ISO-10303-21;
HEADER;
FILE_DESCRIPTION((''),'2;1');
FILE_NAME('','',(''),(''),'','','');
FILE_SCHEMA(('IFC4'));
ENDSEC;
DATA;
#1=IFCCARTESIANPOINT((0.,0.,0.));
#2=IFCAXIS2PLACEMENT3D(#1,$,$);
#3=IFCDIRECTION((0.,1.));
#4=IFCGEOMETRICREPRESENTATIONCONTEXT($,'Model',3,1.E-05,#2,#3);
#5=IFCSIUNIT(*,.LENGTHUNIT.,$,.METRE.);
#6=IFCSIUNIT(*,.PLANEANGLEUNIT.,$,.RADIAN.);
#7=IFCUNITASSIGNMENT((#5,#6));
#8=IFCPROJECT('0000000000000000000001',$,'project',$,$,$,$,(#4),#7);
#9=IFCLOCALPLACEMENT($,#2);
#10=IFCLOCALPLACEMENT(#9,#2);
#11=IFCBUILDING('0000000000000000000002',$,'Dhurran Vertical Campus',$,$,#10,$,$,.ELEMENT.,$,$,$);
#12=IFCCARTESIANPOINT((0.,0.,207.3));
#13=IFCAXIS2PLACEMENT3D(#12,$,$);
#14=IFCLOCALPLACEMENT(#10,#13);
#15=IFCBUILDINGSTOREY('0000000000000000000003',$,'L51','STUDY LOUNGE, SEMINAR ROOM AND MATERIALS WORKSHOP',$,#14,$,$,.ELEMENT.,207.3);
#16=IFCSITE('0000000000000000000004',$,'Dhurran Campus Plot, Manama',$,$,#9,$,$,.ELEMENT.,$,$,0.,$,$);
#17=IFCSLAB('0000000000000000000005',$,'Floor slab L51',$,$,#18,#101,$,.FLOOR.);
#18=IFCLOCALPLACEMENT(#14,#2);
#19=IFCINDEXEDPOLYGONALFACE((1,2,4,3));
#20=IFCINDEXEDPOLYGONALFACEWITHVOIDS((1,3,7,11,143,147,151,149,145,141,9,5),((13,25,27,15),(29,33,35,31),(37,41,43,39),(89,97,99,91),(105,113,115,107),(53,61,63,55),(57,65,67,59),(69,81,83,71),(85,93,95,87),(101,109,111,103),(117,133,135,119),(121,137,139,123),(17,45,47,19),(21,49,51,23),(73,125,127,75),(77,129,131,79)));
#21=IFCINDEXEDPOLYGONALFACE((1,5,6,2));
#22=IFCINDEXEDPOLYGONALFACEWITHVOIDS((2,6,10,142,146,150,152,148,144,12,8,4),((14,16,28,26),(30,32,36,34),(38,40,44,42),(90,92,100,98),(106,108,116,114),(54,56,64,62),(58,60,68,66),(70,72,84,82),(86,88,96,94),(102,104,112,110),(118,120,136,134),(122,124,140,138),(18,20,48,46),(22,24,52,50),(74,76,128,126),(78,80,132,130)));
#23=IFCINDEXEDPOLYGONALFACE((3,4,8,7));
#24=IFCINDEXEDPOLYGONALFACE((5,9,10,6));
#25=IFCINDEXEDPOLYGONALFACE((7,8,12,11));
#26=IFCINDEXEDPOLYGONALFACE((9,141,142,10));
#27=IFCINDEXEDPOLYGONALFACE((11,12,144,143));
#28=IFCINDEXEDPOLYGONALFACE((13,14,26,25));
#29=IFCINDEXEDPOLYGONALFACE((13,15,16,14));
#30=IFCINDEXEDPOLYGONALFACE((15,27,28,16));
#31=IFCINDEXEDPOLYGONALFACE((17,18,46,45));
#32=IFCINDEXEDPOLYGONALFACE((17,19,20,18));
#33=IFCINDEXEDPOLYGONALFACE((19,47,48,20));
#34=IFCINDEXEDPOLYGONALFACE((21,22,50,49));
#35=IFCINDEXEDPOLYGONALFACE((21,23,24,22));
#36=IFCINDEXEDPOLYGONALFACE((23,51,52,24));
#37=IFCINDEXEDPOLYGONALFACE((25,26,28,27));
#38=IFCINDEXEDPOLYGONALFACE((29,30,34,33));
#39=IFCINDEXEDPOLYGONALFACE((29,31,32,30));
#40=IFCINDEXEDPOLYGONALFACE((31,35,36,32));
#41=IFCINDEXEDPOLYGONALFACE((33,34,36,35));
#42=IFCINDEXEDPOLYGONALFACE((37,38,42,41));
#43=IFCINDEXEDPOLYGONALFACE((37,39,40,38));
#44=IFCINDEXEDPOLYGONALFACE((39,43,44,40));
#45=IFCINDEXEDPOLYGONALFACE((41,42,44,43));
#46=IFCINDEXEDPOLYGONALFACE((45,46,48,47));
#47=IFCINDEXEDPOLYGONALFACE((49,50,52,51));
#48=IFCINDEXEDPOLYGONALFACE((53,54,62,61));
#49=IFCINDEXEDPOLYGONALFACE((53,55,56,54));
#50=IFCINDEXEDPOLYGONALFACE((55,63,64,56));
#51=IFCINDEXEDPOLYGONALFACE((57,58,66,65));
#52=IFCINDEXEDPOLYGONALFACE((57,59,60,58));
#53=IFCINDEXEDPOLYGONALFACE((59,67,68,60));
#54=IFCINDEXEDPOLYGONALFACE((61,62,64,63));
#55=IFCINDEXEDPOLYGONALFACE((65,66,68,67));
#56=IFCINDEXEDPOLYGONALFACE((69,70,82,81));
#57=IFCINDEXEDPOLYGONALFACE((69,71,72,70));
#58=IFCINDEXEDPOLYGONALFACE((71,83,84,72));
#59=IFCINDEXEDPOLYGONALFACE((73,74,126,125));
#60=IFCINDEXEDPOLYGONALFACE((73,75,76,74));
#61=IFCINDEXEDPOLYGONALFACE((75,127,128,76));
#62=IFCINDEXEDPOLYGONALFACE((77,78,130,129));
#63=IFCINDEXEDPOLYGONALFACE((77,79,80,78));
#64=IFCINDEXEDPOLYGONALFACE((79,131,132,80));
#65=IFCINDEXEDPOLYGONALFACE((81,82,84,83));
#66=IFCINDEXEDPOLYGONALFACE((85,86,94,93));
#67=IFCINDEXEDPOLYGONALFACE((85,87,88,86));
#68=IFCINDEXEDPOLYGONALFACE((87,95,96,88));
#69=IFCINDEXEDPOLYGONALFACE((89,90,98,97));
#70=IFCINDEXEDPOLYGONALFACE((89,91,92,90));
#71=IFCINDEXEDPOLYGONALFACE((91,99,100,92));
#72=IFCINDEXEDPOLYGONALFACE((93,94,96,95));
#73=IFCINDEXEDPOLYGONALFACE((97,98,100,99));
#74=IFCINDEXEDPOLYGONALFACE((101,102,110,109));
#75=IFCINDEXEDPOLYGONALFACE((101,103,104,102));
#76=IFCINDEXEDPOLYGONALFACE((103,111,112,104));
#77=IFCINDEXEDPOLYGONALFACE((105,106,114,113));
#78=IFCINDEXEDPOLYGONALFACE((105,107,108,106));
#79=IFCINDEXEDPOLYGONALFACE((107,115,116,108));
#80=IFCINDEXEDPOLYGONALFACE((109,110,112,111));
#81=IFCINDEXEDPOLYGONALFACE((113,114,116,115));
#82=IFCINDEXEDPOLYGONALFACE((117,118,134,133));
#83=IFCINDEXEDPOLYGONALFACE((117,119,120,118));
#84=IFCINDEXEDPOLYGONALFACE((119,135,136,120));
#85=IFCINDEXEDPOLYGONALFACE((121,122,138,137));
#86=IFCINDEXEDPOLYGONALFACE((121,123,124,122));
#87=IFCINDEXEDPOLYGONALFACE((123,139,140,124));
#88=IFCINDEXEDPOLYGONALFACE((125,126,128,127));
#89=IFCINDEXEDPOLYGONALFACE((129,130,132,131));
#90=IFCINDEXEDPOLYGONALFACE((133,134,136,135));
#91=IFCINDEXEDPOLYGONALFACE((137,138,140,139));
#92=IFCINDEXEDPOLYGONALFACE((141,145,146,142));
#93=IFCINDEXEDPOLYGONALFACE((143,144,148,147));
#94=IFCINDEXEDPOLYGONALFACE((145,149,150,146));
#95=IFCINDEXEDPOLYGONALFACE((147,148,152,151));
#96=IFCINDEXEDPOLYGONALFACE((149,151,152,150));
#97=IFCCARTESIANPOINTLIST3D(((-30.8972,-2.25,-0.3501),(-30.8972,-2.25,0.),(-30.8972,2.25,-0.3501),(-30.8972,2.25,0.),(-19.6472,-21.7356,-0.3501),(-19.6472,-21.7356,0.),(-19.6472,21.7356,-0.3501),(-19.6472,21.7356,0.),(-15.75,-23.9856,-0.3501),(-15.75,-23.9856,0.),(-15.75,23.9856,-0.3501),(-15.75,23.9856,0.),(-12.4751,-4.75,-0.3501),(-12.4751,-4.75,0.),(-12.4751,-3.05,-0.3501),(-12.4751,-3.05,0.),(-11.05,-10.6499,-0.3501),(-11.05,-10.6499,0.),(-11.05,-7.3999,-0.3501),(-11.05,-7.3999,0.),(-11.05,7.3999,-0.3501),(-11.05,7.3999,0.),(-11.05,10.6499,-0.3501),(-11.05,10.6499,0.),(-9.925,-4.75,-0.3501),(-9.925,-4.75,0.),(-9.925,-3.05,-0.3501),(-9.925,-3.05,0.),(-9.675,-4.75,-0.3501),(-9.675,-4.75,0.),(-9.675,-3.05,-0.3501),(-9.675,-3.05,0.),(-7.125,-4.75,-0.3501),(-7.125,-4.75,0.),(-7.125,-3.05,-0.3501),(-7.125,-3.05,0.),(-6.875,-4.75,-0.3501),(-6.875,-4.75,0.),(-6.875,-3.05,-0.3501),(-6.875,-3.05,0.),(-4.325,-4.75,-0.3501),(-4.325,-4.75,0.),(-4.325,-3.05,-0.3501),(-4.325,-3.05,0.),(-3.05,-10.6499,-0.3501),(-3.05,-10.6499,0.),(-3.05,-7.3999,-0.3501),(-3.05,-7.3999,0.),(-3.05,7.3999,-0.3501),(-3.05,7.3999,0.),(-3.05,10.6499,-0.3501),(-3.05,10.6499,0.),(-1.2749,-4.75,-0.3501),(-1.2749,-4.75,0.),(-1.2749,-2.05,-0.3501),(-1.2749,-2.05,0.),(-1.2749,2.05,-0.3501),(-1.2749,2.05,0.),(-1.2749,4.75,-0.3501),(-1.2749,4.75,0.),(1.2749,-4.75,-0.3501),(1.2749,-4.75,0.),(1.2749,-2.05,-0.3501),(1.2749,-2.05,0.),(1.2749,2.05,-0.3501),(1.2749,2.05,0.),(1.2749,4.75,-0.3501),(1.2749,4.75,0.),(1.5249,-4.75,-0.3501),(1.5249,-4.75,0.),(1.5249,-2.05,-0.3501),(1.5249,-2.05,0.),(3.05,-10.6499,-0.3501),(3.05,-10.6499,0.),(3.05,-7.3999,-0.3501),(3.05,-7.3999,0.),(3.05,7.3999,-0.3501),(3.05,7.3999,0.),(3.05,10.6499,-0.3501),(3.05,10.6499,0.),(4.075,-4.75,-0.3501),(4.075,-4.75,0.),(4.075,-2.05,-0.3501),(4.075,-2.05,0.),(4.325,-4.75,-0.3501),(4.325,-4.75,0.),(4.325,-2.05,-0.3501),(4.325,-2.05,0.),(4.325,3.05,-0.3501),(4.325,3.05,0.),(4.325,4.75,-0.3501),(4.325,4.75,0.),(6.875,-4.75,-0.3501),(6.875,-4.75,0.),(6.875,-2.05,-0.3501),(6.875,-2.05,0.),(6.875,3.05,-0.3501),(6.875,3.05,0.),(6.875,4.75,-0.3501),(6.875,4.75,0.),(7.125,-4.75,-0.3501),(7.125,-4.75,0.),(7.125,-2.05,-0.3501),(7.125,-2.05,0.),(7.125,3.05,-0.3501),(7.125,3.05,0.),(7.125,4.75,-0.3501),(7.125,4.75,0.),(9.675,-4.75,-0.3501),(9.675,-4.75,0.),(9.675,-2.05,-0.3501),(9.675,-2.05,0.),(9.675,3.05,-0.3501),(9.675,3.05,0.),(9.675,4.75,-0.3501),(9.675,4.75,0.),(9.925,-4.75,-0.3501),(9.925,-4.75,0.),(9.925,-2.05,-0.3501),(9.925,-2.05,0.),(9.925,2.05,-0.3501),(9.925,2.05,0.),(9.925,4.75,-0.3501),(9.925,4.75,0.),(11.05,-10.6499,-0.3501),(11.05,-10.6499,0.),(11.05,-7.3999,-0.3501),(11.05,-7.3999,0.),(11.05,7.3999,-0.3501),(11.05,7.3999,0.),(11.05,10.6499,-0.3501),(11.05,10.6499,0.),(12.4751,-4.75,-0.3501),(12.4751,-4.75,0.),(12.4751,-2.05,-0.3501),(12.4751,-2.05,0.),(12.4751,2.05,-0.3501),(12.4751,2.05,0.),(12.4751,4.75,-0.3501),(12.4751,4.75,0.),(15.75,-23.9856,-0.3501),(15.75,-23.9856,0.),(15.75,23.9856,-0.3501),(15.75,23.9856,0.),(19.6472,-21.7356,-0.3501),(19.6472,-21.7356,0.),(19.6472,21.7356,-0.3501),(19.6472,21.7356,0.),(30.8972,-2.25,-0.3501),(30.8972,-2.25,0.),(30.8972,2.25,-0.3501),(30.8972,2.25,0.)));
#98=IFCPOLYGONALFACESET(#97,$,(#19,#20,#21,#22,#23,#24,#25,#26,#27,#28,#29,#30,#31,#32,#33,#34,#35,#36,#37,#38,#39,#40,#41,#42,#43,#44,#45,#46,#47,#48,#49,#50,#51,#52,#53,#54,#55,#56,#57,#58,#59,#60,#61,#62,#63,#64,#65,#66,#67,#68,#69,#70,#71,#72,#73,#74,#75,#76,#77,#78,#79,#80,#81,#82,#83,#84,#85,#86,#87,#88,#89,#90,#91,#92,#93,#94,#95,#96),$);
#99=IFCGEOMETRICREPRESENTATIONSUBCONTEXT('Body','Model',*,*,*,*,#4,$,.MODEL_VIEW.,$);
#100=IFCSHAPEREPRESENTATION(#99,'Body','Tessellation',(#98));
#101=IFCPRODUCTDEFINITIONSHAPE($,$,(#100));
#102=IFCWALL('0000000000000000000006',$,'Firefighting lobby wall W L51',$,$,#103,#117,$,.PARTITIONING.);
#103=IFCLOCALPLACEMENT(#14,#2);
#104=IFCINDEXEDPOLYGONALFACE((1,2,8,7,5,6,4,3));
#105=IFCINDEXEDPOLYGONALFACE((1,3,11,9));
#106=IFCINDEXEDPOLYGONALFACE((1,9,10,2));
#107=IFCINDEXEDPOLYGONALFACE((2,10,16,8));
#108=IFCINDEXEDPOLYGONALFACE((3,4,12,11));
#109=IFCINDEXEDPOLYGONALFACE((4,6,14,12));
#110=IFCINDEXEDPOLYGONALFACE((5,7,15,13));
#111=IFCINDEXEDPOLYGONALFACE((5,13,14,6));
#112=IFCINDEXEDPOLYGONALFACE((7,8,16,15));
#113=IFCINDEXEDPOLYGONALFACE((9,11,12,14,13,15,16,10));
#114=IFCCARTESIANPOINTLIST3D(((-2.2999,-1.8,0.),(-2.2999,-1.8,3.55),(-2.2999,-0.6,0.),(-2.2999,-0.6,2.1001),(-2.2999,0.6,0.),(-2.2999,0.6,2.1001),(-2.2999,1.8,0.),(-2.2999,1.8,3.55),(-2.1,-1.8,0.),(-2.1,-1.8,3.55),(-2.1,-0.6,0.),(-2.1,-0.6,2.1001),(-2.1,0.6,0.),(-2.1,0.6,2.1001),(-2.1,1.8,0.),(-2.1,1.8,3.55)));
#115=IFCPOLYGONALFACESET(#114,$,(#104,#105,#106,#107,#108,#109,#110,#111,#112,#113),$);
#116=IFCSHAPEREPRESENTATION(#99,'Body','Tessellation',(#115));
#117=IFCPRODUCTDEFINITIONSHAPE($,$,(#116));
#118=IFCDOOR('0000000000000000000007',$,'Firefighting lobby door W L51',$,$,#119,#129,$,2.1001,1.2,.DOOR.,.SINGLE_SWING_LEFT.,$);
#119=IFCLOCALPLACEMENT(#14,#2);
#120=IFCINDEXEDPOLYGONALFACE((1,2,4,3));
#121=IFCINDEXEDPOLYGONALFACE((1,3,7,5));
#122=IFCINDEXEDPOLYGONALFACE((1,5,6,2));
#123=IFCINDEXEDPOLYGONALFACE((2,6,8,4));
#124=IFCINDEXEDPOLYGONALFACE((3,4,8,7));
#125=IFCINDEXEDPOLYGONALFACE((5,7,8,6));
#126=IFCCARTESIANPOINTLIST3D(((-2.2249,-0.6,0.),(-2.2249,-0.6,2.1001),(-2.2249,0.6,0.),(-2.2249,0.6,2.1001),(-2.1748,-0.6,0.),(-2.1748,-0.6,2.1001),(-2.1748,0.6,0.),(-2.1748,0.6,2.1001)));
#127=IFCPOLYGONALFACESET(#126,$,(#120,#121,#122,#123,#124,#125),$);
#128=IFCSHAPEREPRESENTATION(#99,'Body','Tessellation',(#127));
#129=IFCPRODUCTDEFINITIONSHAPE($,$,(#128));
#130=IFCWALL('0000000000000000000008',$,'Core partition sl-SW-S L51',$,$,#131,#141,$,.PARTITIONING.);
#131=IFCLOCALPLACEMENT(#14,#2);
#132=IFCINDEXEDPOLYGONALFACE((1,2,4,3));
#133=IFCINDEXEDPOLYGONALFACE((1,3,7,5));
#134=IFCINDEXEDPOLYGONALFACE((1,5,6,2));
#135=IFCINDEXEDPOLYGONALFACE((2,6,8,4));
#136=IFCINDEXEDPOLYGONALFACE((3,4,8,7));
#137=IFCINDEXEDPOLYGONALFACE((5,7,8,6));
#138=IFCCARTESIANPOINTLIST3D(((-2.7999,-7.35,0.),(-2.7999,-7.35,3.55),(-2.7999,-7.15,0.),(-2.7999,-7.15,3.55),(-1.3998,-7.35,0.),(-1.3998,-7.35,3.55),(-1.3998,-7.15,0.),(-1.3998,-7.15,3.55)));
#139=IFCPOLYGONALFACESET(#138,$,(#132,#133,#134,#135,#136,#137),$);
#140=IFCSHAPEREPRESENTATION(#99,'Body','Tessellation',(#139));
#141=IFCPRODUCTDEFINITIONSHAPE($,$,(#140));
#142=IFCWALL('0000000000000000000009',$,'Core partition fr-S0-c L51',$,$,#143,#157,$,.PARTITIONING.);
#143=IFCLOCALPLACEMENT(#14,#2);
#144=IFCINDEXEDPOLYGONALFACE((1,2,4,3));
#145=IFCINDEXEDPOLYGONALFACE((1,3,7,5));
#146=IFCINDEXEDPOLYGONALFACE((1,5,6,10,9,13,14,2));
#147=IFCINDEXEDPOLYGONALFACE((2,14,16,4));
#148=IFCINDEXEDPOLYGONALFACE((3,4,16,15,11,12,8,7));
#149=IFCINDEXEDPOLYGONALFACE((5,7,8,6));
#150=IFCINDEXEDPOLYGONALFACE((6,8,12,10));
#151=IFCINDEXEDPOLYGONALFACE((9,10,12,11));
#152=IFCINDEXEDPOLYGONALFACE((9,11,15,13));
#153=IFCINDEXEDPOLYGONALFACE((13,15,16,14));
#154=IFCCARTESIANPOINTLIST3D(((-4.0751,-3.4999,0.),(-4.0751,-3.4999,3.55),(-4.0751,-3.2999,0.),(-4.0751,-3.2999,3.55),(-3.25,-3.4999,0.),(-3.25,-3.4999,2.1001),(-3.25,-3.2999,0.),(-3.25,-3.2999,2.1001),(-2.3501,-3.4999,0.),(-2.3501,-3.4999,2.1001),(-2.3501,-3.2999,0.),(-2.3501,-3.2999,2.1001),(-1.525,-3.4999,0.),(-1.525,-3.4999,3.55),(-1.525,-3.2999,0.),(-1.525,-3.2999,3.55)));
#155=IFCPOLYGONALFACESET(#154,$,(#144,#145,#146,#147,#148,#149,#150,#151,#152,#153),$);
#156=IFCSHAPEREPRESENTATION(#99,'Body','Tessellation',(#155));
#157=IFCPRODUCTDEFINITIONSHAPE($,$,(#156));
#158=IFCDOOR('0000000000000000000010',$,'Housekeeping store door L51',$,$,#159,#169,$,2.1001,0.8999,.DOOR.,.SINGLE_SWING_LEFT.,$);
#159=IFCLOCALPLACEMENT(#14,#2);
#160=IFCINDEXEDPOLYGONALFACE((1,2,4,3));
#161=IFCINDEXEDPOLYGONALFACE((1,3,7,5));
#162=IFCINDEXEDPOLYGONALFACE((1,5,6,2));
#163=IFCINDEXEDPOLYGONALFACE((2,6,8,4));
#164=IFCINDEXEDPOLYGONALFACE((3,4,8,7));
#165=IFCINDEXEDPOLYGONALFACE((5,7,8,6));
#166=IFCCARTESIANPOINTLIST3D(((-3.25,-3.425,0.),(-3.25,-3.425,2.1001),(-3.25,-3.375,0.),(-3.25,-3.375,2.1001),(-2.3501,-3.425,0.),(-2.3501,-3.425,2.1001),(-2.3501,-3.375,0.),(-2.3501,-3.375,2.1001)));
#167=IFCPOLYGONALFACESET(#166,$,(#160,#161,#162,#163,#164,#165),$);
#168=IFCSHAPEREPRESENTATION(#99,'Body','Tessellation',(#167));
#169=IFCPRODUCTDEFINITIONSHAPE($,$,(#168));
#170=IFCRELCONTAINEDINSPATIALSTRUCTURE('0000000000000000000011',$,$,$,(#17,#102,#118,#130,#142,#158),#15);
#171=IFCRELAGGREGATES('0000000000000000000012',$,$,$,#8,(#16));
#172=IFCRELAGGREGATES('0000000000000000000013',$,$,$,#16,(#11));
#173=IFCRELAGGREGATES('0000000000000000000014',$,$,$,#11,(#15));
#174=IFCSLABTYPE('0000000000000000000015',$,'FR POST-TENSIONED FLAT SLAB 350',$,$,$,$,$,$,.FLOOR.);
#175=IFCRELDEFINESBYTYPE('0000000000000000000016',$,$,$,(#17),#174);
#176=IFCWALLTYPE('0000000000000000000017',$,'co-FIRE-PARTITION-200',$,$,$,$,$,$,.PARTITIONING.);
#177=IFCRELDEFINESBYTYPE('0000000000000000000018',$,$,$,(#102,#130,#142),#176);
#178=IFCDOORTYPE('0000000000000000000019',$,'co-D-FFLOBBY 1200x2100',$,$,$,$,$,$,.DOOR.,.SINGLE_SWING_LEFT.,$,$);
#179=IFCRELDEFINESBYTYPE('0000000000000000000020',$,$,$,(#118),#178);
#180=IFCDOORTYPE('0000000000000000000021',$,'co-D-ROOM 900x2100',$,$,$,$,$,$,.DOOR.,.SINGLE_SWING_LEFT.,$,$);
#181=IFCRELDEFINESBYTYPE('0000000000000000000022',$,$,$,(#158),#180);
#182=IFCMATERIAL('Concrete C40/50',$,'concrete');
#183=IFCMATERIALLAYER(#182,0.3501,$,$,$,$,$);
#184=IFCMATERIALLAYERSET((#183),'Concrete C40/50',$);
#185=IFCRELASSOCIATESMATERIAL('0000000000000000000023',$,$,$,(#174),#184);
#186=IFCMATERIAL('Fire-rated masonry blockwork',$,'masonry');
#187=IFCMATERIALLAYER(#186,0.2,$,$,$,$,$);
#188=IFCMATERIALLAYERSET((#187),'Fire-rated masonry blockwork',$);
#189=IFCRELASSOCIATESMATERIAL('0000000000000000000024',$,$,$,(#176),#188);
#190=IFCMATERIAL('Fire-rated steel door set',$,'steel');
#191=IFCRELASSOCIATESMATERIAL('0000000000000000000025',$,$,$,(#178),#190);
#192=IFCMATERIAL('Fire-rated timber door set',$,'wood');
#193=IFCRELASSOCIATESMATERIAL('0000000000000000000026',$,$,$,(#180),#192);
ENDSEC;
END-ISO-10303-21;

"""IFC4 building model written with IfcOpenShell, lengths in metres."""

from ifc_helpers import new_model, si_unit, direction, frame, frame_2d, origin, place, context, subcontext, project, spatial, polyline, rectangle, outline, extrude, material, layer, layer_set, type_object, element, fill, save


model = new_model("IFC4")

# Units and contexts
model_context = context("Model", 3, precision=1e-05, world=origin(), true_north=direction((0.0, 1.0)))
body_context = subcontext(model_context, "Body", "Model", "MODEL_VIEW")
ifc_project = project(units=[si_unit("LENGTHUNIT", "METRE"), si_unit("PLANEANGLEUNIT", "RADIAN")], contexts=[model_context])

# Site, building, storey
site_placement = place(None, origin())
site = spatial("IfcSite", under=ifc_project, at=site_placement, Name="Dhurran Campus Plot, Manama", CompositionType="ELEMENT", RefElevation=0.0)
building_placement = place(site_placement, origin())
building = spatial("IfcBuilding", under=site, at=building_placement, Name="Dhurran Vertical Campus", CompositionType="ELEMENT")
storey_placement = place(building_placement, frame((0.0, 0.0, 207.3)))
storey = spatial("IfcBuildingStorey", under=building, at=storey_placement, Name="L51", Description="STUDY LOUNGE, SEMINAR ROOM AND MATERIALS WORKSHOP", CompositionType="ELEMENT", Elevation=207.3)

# Slab
ifc_material_1 = material(Name="Concrete C40/50", Category="concrete")
ifc_layer_1 = layer(ifc_material_1, 0.3501)
ifc_layer_set_1 = layer_set([ifc_layer_1], Name="Concrete C40/50")
slab_type = type_object("IfcSlabType", Name="FR POST-TENSIONED FLAT SLAB 350", PredefinedType="FLOOR", material=ifc_layer_set_1)
slab_placement = place(storey_placement, frame((0.0, 0.0, -0.3501)))
element("IfcSlab", 1, at=slab_placement, inside=storey, type_object=slab_type, Name="Floor slab L51", PredefinedType="FLOOR", context=body_context, shape_type="SweptSolid", body=[
    extrude(outline(polyline([(-15.75, -23.9856), (15.75, -23.9856), (19.6472, -21.7356), (30.8972, -2.25), (30.8972, 2.25), (19.6472, 21.7356), (15.75, 23.9856), (-15.75, 23.9856), (-19.6472, 21.7356), (-30.8972, 2.25), (-30.8972, -2.25), (-19.6472, -21.7356), (-15.75, -23.9856)]), holes=[polyline([(-1.2749, 2.05), (1.2749, 2.05), (1.2749, 4.75), (-1.2749, 4.75), (-1.2749, 2.05)]), polyline([(9.925, 2.05), (12.4751, 2.05), (12.4751, 4.75), (9.925, 4.75), (9.925, 2.05)]), polyline([(-1.2749, -4.75), (1.2749, -4.75), (1.2749, -2.05), (-1.2749, -2.05), (-1.2749, -4.75)]), polyline([(1.5249, -4.75), (4.075, -4.75), (4.075, -2.05), (1.5249, -2.05), (1.5249, -4.75)]), polyline([(4.325, -4.75), (6.875, -4.75), (6.875, -2.05), (4.325, -2.05), (4.325, -4.75)]), polyline([(7.125, -4.75), (9.675, -4.75), (9.675, -2.05), (7.125, -2.05), (7.125, -4.75)]), polyline([(9.925, -4.75), (12.4751, -4.75), (12.4751, -2.05), (9.925, -2.05), (9.925, -4.75)]), polyline([(4.325, 3.05), (6.875, 3.05), (6.875, 4.75), (4.325, 4.75), (4.325, 3.05)]), polyline([(7.125, 3.05), (9.675, 3.05), (9.675, 4.75), (7.125, 4.75), (7.125, 3.05)]), polyline([(-12.4751, -4.75), (-9.925, -4.75), (-9.925, -3.05), (-12.4751, -3.05), (-12.4751, -4.75)]), polyline([(-9.675, -4.75), (-7.125, -4.75), (-7.125, -3.05), (-9.675, -3.05), (-9.675, -4.75)]), polyline([(-6.875, -4.75), (-4.325, -4.75), (-4.325, -3.05), (-6.875, -3.05), (-6.875, -4.75)]), polyline([(-11.05, 7.3999), (-3.05, 7.3999), (-3.05, 10.6499), (-11.05, 10.6499), (-11.05, 7.3999)]), polyline([(3.05, 7.3999), (11.05, 7.3999), (11.05, 10.6499), (3.05, 10.6499), (3.05, 7.3999)]), polyline([(-11.05, -10.6499), (-3.05, -10.6499), (-3.05, -7.3999), (-11.05, -7.3999), (-11.05, -10.6499)]), polyline([(3.05, -10.6499), (11.05, -10.6499), (11.05, -7.3999), (3.05, -7.3999), (3.05, -10.6499)])]), origin(), (0.0, 0.0, 1.0), 0.3501),
])

# Wall, opening, door
ifc_material_2 = material(Name="Fire-rated masonry blockwork", Category="masonry")
ifc_layer_2 = layer(ifc_material_2, 0.2)
ifc_layer_set_2 = layer_set([ifc_layer_2], Name="Fire-rated masonry blockwork")
wall_type_1 = type_object("IfcWallType", Name="co-FIRE-PARTITION-200", PredefinedType="PARTITIONING", material=ifc_layer_set_2)
wall_1_placement = place(storey_placement, frame((-2.2, -1.8, 0.0), z_axis=(0.0, 0.0, 1.0), x_axis=(0.0, 1.0, 0.0)))
wall_1 = element("IfcWall", 2, at=wall_1_placement, inside=storey, type_object=wall_type_1, Name="Firefighting lobby wall W L51", PredefinedType="PARTITIONING", context=body_context, shape_type="SweptSolid", body=[
    extrude(rectangle(XDim=3.6001, YDim=0.2, at=frame_2d((1.8, 0.0))), origin(), (0.0, 0.0, 1.0), 3.55),
])
opening_1_placement = place(wall_1_placement, frame((1.2, 0.0, 0.0)))
opening_1 = element("IfcOpeningElement", 3, at=opening_1_placement, cuts=wall_1, PredefinedType="OPENING", context=body_context, shape_type="SweptSolid", body=[
    extrude(rectangle(XDim=1.2, YDim=2.1001, at=frame_2d((0.6001, 1.05))), frame((0.0, 0.1099, 0.0), z_axis=(0.0, -1.0, 0.0), x_axis=(1.0, 0.0, 0.0)), (0.0, 0.0, 1.0), 0.22),
])
ifc_material_3 = material(Name="Fire-rated steel door set", Category="steel")
door_type_1 = type_object("IfcDoorType", Name="co-D-FFLOBBY 1200x2100", OperationType="SINGLE_SWING_LEFT", PredefinedType="DOOR", material=ifc_material_3)
door_1_placement = place(opening_1_placement, origin())
door_1 = element("IfcDoor", 4, at=door_1_placement, inside=storey, type_object=door_type_1, Name="Firefighting lobby door W L51", OperationType="SINGLE_SWING_LEFT", OverallHeight=2.1001, OverallWidth=1.2, PredefinedType="DOOR", context=body_context, shape_type="SweptSolid", body=[
    extrude(rectangle(XDim=1.2, YDim=2.1001, at=frame_2d((0.6001, 1.05))), frame((0.0, 0.0249, 0.0), z_axis=(0.0, -1.0, 0.0), x_axis=(1.0, 0.0, 0.0)), (0.0, 0.0, 1.0), 0.05),
])
fill(opening_1, door_1)

# Wall
wall_2_placement = place(storey_placement, frame((-2.8, -7.25, 0.0), z_axis=(0.0, 0.0, 1.0), x_axis=(1.0, 0.0, 0.0)))
element("IfcWall", 5, at=wall_2_placement, inside=storey, type_object=wall_type_1, Name="Core partition sl-SW-S L51", PredefinedType="PARTITIONING", context=body_context, shape_type="SweptSolid", body=[
    extrude(rectangle(XDim=1.4001, YDim=0.2, at=frame_2d((0.7002, 0.0))), origin(), (0.0, 0.0, 1.0), 3.55),
])

# Wall, opening, door
wall_3_placement = place(storey_placement, frame((-4.075, -3.3999, 0.0), z_axis=(0.0, 0.0, 1.0), x_axis=(1.0, 0.0, 0.0)))
wall_3 = element("IfcWall", 6, at=wall_3_placement, inside=storey, type_object=wall_type_1, Name="Core partition fr-S0-c L51", PredefinedType="PARTITIONING", context=body_context, shape_type="SweptSolid", body=[
    extrude(rectangle(XDim=2.55, YDim=0.2, at=frame_2d((1.2749, 0.0))), origin(), (0.0, 0.0, 1.0), 3.55),
])
opening_2_placement = place(wall_3_placement, frame((0.825, 0.0, 0.0)))
opening_2 = element("IfcOpeningElement", 7, at=opening_2_placement, cuts=wall_3, PredefinedType="OPENING", context=body_context, shape_type="SweptSolid", body=[
    extrude(rectangle(XDim=0.8999, YDim=2.1001, at=frame_2d((0.45, 1.05))), frame((0.0, 0.1099, 0.0), z_axis=(0.0, -1.0, 0.0), x_axis=(1.0, 0.0, 0.0)), (0.0, 0.0, 1.0), 0.22),
])
ifc_material_4 = material(Name="Fire-rated timber door set", Category="wood")
door_type_2 = type_object("IfcDoorType", Name="co-D-ROOM 900x2100", OperationType="SINGLE_SWING_LEFT", PredefinedType="DOOR", material=ifc_material_4)
door_2_placement = place(opening_2_placement, origin())
door_2 = element("IfcDoor", 8, at=door_2_placement, inside=storey, type_object=door_type_2, Name="Housekeeping store door L51", OperationType="SINGLE_SWING_LEFT", OverallHeight=2.1001, OverallWidth=0.8999, PredefinedType="DOOR", context=body_context, shape_type="SweptSolid", body=[
    extrude(rectangle(XDim=0.8999, YDim=2.1001, at=frame_2d((0.45, 1.05))), frame((0.0, 0.0249, 0.0), z_axis=(0.0, -1.0, 0.0), x_axis=(1.0, 0.0, 0.0)), (0.0, 0.0, 1.0), 0.05),
])
fill(opening_2, door_2)

save(model, "model.ifc")
